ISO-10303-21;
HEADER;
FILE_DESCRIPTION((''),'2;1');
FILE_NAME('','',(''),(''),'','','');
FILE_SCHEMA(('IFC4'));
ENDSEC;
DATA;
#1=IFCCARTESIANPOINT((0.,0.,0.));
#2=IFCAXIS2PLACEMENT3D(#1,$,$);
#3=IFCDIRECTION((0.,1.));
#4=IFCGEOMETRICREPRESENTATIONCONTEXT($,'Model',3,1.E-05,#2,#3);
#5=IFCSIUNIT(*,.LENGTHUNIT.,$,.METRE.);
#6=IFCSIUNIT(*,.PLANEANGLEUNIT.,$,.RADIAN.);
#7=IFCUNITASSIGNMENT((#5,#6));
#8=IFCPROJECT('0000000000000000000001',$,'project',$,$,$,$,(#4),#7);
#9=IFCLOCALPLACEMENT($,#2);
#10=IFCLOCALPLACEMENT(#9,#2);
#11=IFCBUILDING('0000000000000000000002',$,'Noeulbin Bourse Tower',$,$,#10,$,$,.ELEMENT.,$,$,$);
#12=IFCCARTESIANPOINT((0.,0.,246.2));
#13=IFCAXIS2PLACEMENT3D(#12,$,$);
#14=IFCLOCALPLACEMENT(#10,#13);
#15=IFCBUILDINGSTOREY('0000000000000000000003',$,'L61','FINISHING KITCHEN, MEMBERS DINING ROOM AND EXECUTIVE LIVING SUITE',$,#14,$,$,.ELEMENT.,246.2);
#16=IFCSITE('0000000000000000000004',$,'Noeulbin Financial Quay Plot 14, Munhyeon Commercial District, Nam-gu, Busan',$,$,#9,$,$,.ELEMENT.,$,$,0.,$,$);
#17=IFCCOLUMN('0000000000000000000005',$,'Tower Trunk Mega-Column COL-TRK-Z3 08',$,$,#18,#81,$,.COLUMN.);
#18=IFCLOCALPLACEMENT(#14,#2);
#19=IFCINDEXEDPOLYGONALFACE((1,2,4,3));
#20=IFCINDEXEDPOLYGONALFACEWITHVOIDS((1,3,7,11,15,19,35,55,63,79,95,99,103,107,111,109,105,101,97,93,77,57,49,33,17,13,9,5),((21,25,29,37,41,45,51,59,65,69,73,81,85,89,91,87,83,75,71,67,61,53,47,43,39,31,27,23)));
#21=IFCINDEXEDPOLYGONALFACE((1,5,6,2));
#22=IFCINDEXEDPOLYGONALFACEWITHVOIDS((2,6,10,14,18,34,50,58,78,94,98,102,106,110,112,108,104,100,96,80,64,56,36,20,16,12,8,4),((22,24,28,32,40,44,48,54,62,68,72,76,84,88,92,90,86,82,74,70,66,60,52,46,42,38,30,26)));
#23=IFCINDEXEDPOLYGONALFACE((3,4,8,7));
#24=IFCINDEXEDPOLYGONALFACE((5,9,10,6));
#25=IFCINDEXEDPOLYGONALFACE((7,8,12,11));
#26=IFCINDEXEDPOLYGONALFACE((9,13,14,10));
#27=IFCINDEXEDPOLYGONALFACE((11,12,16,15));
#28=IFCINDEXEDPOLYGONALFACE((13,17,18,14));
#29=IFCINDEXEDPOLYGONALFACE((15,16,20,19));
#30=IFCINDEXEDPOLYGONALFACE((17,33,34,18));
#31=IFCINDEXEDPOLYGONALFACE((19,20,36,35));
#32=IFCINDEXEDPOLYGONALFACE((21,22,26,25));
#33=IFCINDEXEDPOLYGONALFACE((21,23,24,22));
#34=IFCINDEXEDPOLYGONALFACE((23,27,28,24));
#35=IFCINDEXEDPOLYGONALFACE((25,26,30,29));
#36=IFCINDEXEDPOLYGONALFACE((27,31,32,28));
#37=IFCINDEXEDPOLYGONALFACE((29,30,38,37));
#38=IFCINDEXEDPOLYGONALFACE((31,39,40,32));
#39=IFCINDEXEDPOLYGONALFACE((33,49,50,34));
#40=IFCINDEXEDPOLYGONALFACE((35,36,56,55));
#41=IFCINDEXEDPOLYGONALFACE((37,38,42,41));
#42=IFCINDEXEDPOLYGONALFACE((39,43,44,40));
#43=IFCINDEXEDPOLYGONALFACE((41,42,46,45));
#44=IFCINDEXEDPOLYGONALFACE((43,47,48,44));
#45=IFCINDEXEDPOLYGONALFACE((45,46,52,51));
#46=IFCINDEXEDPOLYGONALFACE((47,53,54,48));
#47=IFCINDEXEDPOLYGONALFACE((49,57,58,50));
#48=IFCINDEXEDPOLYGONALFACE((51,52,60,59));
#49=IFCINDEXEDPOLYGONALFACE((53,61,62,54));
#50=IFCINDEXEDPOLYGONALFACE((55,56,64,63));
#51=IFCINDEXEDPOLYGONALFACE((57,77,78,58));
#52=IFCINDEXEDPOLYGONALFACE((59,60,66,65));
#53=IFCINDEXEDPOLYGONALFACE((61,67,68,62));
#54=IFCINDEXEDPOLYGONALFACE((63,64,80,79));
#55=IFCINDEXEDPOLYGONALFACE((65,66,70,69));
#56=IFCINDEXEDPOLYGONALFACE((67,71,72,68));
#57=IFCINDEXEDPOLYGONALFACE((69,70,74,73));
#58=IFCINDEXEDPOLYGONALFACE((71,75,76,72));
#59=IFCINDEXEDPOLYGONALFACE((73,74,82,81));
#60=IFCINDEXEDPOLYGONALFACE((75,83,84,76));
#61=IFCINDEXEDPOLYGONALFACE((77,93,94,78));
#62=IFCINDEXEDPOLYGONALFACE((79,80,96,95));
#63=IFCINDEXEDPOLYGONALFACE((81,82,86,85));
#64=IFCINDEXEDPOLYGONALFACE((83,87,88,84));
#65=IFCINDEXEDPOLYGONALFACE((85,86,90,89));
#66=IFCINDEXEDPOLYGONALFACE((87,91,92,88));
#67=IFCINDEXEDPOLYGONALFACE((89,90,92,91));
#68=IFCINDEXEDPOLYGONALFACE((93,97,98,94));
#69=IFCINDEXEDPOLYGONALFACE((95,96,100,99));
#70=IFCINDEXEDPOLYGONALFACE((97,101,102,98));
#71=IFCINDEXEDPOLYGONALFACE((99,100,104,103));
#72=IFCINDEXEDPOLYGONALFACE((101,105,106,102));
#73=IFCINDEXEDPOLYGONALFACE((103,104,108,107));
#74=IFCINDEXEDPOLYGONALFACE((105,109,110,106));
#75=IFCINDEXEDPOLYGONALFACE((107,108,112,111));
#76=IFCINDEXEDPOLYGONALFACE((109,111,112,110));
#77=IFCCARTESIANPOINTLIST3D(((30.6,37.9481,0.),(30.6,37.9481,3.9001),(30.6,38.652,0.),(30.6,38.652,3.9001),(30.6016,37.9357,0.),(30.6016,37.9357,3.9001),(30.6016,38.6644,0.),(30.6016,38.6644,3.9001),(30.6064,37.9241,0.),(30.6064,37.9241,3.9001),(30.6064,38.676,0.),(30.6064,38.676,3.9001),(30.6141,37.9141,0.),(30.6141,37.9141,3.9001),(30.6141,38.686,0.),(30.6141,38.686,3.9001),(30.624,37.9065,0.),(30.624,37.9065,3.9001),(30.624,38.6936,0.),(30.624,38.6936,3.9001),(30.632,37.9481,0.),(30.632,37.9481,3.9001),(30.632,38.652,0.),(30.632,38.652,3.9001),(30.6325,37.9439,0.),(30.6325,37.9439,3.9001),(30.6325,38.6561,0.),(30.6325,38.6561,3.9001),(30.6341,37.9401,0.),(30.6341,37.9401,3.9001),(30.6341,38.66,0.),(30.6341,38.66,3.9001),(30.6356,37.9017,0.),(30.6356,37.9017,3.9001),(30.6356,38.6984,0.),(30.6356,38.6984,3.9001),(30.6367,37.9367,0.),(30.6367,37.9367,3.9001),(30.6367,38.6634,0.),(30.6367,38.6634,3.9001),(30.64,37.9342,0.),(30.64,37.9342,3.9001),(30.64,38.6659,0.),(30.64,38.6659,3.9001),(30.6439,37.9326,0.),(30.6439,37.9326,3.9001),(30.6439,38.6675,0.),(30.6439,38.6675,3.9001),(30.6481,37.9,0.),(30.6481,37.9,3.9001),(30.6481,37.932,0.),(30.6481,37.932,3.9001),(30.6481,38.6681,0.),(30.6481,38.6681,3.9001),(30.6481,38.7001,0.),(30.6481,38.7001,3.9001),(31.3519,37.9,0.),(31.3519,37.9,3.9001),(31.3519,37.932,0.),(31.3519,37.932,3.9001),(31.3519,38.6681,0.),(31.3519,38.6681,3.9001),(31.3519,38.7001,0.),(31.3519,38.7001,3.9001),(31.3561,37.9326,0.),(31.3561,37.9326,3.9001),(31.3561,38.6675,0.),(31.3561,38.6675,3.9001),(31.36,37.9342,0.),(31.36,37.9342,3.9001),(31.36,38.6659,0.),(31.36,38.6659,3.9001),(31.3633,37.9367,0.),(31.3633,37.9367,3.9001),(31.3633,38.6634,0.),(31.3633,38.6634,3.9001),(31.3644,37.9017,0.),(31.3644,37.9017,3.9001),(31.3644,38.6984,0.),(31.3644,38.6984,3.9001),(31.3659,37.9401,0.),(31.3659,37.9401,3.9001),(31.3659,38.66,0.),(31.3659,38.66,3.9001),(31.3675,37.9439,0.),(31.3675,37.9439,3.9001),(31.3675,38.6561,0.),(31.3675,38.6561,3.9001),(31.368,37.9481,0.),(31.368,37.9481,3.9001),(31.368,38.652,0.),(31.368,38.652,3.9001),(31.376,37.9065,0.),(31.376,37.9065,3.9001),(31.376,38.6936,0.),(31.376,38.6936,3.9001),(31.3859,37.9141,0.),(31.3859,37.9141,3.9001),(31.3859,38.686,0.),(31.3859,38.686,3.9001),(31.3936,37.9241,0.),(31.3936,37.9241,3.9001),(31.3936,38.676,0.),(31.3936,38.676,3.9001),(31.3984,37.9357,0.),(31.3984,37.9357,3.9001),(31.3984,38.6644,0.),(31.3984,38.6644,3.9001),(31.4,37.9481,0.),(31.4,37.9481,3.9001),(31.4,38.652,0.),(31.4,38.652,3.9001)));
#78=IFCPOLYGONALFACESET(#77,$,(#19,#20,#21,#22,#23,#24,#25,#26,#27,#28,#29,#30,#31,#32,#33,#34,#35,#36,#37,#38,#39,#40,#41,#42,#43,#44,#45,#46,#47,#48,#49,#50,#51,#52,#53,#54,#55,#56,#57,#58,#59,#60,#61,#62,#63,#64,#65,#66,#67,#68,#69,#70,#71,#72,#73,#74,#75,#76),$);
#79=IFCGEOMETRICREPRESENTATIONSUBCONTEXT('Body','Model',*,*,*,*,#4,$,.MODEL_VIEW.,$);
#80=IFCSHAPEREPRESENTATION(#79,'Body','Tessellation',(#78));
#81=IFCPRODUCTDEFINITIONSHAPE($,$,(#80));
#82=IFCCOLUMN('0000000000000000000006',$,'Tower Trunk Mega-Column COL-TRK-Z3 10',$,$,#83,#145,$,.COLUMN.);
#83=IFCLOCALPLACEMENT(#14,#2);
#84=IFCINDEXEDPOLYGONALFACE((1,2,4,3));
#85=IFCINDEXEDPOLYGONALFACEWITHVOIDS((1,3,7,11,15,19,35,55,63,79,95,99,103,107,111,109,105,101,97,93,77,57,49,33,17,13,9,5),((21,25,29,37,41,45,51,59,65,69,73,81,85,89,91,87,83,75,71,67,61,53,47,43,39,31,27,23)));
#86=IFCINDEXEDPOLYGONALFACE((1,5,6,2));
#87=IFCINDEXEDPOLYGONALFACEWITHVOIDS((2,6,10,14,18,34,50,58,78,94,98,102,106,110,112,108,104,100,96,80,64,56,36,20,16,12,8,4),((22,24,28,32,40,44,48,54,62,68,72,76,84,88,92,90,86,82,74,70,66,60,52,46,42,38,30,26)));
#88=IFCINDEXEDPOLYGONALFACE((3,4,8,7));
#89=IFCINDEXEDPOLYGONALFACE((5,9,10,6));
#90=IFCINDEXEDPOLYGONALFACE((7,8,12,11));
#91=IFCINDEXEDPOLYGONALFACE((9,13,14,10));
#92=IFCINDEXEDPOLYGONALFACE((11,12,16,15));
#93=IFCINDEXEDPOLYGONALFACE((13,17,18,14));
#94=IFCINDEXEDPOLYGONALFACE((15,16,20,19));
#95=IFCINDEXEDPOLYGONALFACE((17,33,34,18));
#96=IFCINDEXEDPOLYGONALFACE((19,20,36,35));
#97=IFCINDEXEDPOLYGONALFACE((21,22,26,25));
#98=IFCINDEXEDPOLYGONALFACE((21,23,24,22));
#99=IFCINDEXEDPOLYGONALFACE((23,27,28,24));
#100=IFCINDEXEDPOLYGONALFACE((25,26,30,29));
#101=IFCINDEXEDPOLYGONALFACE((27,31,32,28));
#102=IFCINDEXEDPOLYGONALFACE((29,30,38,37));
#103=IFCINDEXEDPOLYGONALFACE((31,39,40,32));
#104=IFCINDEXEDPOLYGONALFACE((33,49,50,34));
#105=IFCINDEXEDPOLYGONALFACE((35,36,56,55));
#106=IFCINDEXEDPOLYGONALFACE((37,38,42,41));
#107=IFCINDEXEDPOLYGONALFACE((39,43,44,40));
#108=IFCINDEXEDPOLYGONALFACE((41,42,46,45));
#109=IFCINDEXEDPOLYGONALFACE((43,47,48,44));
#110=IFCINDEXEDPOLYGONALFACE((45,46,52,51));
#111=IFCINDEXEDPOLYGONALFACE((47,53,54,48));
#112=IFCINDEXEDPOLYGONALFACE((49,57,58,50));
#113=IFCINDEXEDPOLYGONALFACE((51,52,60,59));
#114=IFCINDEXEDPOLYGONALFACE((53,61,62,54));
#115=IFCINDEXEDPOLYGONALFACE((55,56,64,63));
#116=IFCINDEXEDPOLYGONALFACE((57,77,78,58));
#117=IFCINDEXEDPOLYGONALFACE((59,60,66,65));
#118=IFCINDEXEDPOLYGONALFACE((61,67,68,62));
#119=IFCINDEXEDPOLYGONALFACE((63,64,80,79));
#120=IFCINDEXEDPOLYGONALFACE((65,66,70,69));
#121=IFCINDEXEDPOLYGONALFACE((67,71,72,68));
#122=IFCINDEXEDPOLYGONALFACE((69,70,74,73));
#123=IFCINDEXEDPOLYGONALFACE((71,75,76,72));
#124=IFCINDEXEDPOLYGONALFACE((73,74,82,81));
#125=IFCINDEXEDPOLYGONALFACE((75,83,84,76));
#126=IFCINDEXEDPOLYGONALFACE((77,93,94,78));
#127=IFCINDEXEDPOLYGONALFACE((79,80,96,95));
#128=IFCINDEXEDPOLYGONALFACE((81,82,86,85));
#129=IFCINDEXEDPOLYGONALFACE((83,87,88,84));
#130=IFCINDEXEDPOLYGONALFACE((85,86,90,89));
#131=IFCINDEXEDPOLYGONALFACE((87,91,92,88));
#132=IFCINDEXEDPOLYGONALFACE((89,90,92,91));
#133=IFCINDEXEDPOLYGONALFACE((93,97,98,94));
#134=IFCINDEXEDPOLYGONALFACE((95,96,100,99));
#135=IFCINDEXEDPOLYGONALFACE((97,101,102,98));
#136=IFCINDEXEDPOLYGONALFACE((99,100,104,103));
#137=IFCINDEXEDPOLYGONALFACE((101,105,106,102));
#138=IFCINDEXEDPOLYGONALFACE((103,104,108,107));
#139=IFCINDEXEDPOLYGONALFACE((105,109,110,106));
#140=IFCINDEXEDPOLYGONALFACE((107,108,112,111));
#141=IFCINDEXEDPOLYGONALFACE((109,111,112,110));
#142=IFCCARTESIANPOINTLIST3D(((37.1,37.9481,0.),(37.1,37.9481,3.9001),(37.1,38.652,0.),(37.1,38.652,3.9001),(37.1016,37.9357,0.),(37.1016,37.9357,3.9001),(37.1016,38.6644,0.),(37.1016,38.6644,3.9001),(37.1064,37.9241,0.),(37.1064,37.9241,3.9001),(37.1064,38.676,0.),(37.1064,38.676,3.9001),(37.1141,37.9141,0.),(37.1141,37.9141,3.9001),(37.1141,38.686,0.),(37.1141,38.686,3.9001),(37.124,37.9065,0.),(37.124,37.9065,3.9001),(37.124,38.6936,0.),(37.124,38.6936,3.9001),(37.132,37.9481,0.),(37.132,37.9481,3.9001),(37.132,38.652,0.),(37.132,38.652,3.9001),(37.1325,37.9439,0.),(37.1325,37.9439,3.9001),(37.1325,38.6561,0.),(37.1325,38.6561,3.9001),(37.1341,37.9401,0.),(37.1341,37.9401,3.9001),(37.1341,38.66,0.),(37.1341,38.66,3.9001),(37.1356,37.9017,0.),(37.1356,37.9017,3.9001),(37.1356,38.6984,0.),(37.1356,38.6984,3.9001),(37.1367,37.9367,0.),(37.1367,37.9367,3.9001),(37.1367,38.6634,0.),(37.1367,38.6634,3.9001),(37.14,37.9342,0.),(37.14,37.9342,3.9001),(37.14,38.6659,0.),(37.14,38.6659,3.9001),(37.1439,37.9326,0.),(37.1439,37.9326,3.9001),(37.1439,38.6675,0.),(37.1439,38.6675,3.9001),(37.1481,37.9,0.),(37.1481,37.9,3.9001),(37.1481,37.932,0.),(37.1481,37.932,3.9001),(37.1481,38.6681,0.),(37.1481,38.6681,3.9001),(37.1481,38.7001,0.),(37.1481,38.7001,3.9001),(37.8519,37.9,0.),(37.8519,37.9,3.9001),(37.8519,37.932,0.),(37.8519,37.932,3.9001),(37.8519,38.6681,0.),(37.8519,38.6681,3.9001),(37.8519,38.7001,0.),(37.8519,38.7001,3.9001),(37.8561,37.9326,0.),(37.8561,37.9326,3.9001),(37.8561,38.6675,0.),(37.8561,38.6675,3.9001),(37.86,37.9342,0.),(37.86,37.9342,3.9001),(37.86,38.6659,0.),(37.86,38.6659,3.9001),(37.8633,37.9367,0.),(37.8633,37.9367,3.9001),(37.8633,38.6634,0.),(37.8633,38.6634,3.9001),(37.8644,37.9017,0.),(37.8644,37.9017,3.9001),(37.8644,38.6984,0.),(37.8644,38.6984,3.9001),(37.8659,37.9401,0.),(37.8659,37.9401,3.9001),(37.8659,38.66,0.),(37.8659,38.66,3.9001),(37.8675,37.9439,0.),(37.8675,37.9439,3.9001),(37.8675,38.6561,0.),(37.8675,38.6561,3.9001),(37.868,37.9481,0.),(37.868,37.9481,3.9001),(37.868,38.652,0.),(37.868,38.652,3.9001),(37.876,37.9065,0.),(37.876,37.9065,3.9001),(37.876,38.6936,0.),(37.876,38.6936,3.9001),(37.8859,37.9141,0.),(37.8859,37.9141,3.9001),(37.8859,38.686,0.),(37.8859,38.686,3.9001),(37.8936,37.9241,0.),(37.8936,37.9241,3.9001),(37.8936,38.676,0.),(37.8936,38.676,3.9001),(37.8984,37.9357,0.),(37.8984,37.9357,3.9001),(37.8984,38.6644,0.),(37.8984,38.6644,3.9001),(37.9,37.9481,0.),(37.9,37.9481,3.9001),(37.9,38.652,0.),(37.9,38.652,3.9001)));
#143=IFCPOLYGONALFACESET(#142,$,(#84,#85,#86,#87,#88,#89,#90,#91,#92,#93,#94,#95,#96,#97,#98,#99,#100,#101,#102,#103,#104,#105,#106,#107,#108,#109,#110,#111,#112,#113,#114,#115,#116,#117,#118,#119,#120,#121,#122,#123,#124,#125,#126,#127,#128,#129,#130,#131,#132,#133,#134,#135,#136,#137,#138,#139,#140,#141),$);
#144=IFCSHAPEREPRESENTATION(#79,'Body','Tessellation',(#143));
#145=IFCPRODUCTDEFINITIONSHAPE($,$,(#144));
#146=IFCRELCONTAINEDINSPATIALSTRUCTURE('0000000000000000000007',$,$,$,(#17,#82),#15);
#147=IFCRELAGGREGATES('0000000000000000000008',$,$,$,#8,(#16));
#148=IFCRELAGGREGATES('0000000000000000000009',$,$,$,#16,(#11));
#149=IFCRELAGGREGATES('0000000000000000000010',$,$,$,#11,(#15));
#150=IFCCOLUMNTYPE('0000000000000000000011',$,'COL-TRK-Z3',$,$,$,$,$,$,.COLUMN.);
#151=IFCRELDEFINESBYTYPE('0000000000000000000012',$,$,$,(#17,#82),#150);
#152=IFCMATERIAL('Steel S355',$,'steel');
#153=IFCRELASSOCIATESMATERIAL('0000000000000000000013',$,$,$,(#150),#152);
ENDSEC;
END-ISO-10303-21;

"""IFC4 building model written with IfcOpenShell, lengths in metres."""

from ifc_helpers import new_model, si_unit, direction, frame, origin, origin_2d, place, context, subcontext, project, spatial, hollow_rectangle, extrude, material, material_profile, profile_set, type_object, element, save


model = new_model("IFC4")

# Units and contexts
model_context = context("Model", 3, precision=1e-05, world=origin(), true_north=direction((0.0, 1.0)))
body_context = subcontext(model_context, "Body", "Model", "MODEL_VIEW")
ifc_project = project(units=[si_unit("LENGTHUNIT", "METRE"), si_unit("PLANEANGLEUNIT", "RADIAN")], contexts=[model_context])

# Site, building, storey
site_placement = place(None, origin())
site = spatial("IfcSite", under=ifc_project, at=site_placement, Name="Noeulbin Financial Quay Plot 14, Munhyeon Commercial District, Nam-gu, Busan", CompositionType="ELEMENT", RefElevation=0.0)
building_placement = place(site_placement, origin())
building = spatial("IfcBuilding", under=site, at=building_placement, Name="Noeulbin Bourse Tower", CompositionType="ELEMENT")
storey_placement = place(building_placement, frame((0.0, 0.0, 246.2)))
storey = spatial("IfcBuildingStorey", under=building, at=storey_placement, Name="L61", Description="FINISHING KITCHEN, MEMBERS DINING ROOM AND EXECUTIVE LIVING SUITE", CompositionType="ELEMENT", Elevation=246.2)

# Columns
ifc_material_1 = material(Name="Steel S355", Category="steel")
ifc_material_profile_1 = material_profile(ifc_material_1, hollow_rectangle(XDim=0.8, YDim=0.8, WallThickness=0.032, InnerFilletRadius=0.0161, OuterFilletRadius=0.0481, at=origin_2d()), Name="BOX-800x800x32", Category="LoadBearing")
ifc_profile_set_1 = profile_set([ifc_material_profile_1], Name="Steel S355")
column_type = type_object("IfcColumnType", Name="COL-TRK-Z3", PredefinedType="COLUMN", material=ifc_profile_set_1)
for number, where, z_axis, x_axis, name in (
    (1, (31.0, 38.3, 0.0), (0.0, 0.0, 1.0), (1.0, 0.0, 0.0), "Tower Trunk Mega-Column COL-TRK-Z3 08"),
    (2, (37.5, 38.3, 0.0), (0.0, 0.0, 1.0), (1.0, 0.0, 0.0), "Tower Trunk Mega-Column COL-TRK-Z3 10"),
):
    element("IfcColumn", number, at=place(storey_placement, frame(where, z_axis=z_axis, x_axis=x_axis)), inside=storey, type_object=column_type, Name=name, PredefinedType="COLUMN", context=body_context, shape_type="SweptSolid", body=[
        extrude(hollow_rectangle(XDim=0.8, YDim=0.8, WallThickness=0.032, InnerFilletRadius=0.0161, OuterFilletRadius=0.0481, at=origin_2d()), origin(), (0.0, 0.0, 1.0), 3.9001),
    ])

save(model, "model.ifc")
